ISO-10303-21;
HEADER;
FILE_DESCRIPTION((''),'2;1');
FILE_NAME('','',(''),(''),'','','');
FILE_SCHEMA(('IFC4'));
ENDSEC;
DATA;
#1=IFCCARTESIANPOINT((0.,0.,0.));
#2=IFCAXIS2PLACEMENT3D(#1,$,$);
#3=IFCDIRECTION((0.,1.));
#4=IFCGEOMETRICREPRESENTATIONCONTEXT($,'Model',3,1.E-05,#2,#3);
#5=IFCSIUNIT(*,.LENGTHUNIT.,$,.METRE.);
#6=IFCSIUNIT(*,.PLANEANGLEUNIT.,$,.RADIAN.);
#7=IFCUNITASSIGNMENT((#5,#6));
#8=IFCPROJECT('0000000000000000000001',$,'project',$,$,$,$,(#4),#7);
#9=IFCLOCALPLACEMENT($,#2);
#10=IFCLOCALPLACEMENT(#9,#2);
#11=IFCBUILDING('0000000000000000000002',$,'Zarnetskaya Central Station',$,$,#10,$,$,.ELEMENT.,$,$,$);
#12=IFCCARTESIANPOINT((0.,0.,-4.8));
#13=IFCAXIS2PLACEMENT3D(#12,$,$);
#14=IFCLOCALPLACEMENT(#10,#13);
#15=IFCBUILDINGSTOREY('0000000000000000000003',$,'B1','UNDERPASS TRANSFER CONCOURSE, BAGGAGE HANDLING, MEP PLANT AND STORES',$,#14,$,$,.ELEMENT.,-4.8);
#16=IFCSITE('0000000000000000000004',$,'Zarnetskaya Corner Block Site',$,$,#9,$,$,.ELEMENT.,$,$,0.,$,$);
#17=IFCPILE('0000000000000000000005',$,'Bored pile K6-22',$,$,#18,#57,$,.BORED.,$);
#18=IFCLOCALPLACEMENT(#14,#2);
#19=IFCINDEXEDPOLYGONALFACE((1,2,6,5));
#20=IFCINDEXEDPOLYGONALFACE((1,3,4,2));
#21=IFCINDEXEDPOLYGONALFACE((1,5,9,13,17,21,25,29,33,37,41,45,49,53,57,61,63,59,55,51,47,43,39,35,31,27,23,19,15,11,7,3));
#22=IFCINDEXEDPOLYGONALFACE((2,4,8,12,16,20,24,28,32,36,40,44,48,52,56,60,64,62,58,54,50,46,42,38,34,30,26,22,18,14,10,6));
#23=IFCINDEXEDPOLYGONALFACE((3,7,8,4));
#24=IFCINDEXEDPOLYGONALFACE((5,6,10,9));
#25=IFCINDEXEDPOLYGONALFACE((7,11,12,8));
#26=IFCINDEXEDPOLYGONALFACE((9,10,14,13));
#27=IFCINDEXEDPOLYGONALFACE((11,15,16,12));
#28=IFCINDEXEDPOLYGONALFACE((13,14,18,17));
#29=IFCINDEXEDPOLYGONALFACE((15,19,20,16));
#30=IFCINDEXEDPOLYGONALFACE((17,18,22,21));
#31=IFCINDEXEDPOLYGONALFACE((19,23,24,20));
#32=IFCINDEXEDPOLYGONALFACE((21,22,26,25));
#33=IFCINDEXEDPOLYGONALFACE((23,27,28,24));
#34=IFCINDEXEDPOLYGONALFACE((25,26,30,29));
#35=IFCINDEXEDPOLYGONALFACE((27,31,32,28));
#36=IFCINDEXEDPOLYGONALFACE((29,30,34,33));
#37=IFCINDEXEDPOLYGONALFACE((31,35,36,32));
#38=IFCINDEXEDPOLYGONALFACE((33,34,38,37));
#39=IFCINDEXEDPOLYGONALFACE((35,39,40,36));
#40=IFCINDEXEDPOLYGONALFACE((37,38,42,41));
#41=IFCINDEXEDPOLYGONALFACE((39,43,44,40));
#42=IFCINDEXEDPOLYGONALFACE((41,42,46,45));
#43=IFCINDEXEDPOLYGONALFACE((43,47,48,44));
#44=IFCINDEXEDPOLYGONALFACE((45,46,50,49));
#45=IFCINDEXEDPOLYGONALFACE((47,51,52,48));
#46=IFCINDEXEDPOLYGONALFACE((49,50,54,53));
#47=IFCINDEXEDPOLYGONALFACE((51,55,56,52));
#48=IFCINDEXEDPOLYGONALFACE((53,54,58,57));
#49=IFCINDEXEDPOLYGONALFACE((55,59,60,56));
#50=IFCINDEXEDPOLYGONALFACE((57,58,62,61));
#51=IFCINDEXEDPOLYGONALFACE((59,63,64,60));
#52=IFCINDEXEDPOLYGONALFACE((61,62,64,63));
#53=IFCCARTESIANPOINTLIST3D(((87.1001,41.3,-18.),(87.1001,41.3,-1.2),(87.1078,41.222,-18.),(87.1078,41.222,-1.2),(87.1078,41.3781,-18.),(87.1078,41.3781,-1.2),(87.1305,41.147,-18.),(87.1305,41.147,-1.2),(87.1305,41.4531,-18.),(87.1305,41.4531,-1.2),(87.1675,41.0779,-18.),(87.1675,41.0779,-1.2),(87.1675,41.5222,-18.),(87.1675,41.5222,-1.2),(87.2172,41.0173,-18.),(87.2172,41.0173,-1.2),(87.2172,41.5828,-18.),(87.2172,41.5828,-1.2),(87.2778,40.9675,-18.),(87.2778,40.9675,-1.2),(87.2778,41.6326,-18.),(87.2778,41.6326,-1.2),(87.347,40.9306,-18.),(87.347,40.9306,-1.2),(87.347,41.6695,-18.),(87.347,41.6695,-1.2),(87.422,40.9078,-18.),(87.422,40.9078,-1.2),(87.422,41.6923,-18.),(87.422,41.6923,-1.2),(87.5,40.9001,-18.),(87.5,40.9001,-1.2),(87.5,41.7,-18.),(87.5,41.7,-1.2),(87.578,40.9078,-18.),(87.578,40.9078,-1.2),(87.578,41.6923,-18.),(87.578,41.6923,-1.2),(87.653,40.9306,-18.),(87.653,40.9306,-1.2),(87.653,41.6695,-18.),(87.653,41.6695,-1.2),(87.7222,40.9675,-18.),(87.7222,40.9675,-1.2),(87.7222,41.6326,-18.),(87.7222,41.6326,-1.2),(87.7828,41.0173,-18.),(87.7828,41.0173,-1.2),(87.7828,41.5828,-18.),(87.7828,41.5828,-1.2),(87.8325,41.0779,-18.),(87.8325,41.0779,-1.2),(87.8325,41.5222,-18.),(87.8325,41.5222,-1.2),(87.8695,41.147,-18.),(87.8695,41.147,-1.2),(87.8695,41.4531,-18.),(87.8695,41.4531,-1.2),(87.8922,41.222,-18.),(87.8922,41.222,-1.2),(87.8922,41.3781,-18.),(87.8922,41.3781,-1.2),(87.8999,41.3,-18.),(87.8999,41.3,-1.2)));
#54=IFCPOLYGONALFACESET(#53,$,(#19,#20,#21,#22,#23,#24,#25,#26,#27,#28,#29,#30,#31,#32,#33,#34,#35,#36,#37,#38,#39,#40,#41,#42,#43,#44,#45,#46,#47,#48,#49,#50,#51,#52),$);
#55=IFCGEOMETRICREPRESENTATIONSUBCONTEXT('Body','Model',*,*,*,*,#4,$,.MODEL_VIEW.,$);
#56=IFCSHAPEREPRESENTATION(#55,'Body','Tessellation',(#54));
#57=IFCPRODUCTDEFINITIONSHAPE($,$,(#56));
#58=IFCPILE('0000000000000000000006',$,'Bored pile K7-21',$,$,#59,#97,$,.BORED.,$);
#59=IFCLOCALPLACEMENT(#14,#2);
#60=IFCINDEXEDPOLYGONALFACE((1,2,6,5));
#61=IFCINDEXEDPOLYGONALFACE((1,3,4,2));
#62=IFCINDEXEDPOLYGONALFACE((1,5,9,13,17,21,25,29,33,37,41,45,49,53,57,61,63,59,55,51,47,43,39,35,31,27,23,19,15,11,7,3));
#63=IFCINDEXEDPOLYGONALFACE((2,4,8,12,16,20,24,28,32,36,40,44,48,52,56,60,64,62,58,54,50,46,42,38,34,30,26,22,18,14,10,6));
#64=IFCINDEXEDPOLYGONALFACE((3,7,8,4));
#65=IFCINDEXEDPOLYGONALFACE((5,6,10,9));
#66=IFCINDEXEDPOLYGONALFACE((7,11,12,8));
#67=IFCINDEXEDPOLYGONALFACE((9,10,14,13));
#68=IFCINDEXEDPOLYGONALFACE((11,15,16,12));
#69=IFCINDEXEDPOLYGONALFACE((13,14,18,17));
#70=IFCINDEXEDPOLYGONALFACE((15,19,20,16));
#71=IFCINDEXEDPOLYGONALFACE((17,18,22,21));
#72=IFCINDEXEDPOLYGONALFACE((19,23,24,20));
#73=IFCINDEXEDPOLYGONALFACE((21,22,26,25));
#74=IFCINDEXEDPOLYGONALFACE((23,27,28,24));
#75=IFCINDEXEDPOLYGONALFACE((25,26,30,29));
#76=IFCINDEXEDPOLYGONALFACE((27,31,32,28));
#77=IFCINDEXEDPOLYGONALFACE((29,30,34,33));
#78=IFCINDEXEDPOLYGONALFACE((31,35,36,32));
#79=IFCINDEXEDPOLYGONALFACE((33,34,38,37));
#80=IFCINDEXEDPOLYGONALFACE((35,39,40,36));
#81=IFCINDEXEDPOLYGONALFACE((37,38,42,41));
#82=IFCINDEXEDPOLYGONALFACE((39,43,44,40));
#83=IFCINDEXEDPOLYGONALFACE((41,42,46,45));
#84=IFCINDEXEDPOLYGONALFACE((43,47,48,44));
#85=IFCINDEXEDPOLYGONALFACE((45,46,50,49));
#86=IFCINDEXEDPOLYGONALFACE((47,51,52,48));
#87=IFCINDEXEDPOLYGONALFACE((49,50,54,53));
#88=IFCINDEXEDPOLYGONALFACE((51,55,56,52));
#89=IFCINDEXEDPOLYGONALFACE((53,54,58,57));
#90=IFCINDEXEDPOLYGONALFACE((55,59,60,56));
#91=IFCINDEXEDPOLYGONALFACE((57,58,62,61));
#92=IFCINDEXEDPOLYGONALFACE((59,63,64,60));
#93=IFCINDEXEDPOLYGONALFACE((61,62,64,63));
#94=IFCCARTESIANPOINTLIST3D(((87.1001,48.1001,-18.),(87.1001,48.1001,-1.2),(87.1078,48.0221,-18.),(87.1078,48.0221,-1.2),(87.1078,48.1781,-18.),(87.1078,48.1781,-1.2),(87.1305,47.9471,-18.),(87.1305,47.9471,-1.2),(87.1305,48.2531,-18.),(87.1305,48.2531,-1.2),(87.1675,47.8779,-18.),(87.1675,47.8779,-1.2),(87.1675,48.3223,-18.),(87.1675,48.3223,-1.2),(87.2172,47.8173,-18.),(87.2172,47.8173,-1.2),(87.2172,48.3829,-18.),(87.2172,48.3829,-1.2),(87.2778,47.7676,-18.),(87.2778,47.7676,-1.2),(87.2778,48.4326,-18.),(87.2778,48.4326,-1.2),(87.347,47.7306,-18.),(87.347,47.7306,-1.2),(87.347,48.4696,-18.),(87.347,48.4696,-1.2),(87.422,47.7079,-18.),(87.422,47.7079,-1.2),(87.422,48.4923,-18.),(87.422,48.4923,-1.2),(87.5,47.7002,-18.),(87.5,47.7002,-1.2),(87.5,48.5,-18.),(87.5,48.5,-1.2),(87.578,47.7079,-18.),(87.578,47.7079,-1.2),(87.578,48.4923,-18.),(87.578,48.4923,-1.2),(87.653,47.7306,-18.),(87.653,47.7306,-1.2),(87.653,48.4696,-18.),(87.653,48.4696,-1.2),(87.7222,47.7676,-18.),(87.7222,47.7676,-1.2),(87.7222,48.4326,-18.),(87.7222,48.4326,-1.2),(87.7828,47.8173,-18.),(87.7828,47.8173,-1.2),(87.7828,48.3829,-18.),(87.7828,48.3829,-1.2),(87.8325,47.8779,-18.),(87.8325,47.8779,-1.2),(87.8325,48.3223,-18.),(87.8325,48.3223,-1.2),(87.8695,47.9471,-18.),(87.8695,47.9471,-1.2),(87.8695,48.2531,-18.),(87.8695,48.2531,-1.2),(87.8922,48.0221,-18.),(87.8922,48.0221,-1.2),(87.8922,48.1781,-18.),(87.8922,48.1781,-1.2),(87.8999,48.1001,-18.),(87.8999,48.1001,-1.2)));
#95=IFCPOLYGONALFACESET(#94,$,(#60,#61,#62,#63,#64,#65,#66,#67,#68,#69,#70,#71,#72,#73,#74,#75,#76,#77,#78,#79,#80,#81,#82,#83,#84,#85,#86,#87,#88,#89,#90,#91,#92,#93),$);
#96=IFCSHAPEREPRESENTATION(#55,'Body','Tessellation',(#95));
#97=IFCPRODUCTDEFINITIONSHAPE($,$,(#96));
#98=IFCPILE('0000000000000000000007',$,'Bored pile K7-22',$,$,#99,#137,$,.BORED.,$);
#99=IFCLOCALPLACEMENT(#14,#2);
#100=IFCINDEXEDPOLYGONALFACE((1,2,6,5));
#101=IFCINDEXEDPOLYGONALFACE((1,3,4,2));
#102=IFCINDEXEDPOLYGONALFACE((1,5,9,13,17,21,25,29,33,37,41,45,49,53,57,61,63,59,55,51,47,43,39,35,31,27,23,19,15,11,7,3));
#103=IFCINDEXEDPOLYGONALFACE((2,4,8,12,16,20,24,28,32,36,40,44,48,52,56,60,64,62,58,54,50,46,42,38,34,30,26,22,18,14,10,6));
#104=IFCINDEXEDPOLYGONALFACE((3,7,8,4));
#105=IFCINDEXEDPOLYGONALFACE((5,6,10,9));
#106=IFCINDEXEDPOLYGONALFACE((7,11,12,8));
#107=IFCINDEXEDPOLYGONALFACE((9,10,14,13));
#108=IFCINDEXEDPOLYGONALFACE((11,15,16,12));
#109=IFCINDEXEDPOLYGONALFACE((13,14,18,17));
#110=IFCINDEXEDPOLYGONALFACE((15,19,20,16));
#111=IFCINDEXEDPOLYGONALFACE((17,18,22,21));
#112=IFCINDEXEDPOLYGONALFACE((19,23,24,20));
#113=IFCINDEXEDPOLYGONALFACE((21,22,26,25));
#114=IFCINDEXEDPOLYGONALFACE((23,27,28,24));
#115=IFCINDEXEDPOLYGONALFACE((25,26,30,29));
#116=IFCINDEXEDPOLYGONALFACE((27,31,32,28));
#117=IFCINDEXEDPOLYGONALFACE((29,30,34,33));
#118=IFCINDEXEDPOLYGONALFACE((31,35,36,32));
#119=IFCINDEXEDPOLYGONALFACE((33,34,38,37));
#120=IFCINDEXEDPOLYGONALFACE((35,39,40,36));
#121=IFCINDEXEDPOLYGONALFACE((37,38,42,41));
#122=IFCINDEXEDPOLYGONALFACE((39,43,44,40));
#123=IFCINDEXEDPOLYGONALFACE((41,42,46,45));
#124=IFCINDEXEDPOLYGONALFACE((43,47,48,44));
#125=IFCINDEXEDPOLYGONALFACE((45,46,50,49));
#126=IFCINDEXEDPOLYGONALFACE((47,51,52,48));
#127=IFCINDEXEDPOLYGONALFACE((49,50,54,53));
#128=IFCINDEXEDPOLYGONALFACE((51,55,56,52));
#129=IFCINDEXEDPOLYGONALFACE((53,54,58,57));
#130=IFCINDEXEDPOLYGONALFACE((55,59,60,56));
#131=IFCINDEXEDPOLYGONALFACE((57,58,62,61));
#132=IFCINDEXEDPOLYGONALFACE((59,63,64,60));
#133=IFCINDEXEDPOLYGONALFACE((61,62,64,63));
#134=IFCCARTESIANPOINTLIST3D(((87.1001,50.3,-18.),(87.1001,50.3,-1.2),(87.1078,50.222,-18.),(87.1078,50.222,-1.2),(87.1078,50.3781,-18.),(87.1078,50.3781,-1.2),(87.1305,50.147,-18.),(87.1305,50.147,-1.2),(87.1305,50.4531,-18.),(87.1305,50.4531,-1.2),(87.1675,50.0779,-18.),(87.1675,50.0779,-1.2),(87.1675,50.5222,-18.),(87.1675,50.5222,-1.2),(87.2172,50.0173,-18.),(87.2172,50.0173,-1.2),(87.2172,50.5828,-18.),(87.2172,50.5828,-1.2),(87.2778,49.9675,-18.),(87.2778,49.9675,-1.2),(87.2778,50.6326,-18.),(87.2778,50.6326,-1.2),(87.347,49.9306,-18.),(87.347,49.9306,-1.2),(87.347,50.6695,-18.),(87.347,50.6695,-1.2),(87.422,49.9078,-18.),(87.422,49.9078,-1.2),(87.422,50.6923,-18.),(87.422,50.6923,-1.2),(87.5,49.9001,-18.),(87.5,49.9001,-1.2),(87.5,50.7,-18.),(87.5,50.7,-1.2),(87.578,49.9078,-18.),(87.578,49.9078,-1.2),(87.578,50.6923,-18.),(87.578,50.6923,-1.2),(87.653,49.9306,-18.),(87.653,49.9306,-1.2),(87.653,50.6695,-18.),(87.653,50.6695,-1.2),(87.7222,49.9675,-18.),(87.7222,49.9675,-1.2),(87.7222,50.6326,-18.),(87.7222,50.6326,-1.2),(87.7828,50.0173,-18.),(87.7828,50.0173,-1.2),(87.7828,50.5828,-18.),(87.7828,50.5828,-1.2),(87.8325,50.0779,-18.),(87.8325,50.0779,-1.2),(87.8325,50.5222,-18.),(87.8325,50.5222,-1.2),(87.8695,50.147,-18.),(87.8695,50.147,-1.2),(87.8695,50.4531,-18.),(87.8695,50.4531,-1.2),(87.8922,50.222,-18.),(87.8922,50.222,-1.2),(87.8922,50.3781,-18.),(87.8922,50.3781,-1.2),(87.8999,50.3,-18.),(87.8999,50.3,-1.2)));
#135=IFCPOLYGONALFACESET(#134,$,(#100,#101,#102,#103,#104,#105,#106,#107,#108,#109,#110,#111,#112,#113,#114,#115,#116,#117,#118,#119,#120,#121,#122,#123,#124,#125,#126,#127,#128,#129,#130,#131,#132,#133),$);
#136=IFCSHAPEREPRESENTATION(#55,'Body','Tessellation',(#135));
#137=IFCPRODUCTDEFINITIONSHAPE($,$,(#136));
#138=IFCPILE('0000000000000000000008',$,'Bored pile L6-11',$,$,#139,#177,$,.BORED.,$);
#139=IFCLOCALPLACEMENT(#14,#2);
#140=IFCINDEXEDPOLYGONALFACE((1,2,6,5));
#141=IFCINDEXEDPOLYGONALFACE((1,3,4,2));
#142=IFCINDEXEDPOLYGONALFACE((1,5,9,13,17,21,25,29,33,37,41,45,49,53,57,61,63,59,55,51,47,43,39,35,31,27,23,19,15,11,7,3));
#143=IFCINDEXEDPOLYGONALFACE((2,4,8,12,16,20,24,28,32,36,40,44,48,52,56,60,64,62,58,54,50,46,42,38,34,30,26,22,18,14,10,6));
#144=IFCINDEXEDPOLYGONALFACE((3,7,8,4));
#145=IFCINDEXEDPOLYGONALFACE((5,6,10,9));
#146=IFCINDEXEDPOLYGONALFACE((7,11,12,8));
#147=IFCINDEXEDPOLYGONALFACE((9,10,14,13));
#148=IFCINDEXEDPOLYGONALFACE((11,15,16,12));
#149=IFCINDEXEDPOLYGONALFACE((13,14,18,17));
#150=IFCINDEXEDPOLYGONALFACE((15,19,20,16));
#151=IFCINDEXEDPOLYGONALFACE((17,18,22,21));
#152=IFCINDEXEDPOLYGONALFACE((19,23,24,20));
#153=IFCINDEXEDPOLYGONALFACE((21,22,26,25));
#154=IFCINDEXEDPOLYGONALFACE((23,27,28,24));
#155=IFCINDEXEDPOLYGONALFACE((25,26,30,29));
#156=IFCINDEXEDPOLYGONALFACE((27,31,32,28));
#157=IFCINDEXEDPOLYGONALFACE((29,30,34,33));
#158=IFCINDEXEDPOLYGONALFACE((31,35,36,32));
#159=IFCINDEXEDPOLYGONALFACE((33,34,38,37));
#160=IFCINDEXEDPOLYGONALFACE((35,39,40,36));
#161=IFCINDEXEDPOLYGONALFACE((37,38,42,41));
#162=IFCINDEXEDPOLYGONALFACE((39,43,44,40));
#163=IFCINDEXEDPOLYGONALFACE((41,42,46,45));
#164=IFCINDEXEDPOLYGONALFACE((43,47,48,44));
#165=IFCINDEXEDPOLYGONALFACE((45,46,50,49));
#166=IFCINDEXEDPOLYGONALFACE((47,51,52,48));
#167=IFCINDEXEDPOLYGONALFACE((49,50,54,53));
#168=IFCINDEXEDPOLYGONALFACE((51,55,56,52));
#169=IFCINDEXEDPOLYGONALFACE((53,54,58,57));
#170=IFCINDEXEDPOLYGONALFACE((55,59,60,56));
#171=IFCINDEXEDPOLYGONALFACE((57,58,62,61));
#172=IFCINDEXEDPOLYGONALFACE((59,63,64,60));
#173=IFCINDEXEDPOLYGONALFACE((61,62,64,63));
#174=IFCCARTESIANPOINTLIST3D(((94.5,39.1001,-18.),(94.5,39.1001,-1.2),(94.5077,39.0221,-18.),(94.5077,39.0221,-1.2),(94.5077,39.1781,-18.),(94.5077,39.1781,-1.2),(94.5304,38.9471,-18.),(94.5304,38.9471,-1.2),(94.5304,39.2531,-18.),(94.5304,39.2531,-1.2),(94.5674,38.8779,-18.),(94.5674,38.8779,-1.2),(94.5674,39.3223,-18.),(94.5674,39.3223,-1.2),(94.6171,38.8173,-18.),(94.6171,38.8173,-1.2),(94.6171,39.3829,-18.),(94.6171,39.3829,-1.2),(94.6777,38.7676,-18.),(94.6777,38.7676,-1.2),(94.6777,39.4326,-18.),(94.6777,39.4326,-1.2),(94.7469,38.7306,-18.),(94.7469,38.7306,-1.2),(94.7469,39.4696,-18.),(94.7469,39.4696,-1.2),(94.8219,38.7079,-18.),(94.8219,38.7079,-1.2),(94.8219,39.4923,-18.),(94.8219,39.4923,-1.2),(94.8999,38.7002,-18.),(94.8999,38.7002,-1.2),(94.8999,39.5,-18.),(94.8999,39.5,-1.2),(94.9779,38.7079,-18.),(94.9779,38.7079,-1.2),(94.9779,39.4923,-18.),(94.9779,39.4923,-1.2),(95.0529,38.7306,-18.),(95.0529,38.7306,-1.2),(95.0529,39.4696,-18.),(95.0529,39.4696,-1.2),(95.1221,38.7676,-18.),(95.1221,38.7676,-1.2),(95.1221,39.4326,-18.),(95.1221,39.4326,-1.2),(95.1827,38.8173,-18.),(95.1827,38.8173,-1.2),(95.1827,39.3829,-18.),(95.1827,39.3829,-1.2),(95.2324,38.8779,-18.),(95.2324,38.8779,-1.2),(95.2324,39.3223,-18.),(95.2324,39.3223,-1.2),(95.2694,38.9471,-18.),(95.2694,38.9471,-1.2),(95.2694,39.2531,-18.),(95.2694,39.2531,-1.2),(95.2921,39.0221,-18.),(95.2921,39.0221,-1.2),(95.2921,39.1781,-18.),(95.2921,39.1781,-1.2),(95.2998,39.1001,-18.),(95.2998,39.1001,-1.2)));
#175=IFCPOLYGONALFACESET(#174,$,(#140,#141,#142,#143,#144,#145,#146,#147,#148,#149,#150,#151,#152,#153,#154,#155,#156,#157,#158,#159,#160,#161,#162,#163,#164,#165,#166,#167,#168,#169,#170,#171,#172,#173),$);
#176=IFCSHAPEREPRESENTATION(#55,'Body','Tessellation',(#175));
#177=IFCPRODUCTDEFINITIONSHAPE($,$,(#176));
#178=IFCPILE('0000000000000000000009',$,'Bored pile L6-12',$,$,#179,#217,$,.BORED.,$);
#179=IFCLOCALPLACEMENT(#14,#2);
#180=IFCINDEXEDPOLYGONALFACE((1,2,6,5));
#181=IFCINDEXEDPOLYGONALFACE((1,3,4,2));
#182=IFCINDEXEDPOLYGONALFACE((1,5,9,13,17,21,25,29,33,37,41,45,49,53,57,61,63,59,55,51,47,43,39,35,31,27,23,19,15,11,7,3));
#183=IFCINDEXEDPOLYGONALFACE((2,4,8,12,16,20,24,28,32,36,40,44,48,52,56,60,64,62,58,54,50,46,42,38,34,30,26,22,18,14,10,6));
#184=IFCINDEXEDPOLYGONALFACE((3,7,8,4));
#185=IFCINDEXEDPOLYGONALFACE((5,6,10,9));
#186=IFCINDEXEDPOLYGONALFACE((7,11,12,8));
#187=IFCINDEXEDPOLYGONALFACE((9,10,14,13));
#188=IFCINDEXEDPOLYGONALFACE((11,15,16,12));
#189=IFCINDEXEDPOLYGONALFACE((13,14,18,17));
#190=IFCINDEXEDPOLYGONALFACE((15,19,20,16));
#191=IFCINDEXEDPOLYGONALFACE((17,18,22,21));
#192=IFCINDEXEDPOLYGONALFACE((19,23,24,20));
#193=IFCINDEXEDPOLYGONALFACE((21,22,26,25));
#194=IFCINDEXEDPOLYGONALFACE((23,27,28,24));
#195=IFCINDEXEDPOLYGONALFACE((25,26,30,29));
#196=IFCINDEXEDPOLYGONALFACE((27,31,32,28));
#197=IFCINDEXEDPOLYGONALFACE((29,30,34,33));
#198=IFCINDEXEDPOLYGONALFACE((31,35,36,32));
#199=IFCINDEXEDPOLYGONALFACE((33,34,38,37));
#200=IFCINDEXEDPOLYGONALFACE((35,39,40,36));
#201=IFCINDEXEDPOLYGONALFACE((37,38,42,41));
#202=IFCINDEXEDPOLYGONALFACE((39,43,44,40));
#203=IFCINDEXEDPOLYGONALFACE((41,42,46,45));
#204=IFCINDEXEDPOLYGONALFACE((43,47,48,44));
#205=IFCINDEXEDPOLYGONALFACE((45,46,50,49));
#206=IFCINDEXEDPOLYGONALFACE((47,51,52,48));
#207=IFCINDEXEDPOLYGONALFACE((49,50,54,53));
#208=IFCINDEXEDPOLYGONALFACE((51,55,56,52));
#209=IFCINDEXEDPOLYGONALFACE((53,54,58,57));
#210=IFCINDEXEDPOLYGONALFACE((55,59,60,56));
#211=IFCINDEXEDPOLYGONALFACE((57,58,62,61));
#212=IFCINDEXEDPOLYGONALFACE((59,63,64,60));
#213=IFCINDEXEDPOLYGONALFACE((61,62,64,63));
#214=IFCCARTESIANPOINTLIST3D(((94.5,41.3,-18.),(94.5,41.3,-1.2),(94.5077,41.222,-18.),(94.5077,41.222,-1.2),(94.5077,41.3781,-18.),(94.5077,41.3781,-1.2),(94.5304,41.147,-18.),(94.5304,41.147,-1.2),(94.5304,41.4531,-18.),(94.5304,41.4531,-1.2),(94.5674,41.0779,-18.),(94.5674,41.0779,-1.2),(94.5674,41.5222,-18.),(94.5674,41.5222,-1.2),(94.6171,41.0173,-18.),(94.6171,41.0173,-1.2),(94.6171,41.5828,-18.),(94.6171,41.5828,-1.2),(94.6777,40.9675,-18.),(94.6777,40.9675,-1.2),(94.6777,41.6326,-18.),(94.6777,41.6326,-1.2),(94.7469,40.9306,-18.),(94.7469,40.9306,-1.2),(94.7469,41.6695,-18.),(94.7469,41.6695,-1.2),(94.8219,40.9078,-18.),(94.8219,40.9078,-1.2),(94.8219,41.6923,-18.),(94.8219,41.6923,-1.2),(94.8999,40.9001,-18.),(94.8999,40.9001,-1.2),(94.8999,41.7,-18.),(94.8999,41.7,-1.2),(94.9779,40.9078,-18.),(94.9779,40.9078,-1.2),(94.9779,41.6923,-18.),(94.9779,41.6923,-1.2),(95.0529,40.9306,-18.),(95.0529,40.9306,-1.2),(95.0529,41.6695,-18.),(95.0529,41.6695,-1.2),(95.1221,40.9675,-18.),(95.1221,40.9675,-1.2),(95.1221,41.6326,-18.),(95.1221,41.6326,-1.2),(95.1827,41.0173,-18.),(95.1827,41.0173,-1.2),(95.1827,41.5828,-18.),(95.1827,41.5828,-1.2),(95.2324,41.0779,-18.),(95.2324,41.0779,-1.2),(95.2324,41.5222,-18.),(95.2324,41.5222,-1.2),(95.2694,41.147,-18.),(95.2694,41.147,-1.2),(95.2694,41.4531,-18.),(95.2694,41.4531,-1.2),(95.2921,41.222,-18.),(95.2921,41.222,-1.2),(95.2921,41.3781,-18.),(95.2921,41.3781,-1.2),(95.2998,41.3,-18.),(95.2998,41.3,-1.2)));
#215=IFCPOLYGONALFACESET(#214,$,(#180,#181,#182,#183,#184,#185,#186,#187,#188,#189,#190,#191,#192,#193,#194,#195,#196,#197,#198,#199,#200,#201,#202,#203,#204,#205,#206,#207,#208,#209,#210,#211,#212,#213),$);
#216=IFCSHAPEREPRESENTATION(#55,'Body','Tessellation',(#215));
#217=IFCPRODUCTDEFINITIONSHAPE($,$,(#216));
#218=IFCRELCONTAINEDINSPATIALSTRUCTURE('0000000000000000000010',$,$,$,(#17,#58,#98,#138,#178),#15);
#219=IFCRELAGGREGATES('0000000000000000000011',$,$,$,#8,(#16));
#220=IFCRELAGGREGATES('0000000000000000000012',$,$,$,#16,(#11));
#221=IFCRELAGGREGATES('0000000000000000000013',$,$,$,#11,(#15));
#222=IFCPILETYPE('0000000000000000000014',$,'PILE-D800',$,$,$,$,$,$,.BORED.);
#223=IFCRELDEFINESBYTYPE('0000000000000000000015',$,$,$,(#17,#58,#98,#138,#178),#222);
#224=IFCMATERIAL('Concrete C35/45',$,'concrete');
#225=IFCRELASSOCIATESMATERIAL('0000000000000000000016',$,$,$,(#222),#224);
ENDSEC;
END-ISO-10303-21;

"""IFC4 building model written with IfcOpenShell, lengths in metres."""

from ifc_helpers import new_model, si_unit, direction, frame, origin, origin_2d, place, context, subcontext, project, spatial, circle, extrude, material, material_profile, profile_set, type_object, element, save


model = new_model("IFC4")

# Units and contexts
model_context = context("Model", 3, precision=1e-05, world=origin(), true_north=direction((0.0, 1.0)))
body_context = subcontext(model_context, "Body", "Model", "MODEL_VIEW")
ifc_project = project(units=[si_unit("LENGTHUNIT", "METRE"), si_unit("PLANEANGLEUNIT", "RADIAN")], contexts=[model_context])

# Site, building, storey
site_placement = place(None, origin())
site = spatial("IfcSite", under=ifc_project, at=site_placement, Name="Zarnetskaya Corner Block Site", CompositionType="ELEMENT", RefElevation=0.0)
building_placement = place(site_placement, origin())
building = spatial("IfcBuilding", under=site, at=building_placement, Name="Zarnetskaya Central Station", CompositionType="ELEMENT")
storey_placement = place(building_placement, frame((0.0, 0.0, -4.8)))
storey = spatial("IfcBuildingStorey", under=building, at=storey_placement, Name="B1", Description="UNDERPASS TRANSFER CONCOURSE, BAGGAGE HANDLING, MEP PLANT AND STORES", CompositionType="ELEMENT", Elevation=-4.8)

# Shared definitions
ifc_material = material(Name="Concrete C35/45", Category="concrete")

# Piles
ifc_material_profile_1 = material_profile(ifc_material, circle(Radius=0.3999, at=origin_2d()), Name="BORED PILE D800")
ifc_profile_set_1 = profile_set([ifc_material_profile_1], Name="Concrete C35/45")
pile_type_1 = type_object("IfcPileType", Name="PILE-D800", PredefinedType="BORED", material=ifc_profile_set_1)
for number, where, z_axis, x_axis, name in (
    (1, (87.5, 41.3, -1.2), (0.0, 0.0, -1.0), (1.0, 0.0, 0.0), "Bored pile K6-22"),
    (2, (87.5, 48.1001, -1.2), (0.0, 0.0, -1.0), (1.0, 0.0, 0.0), "Bored pile K7-21"),
    (3, (87.5, 50.3, -1.2), (0.0, 0.0, -1.0), (1.0, 0.0, 0.0), "Bored pile K7-22"),
    (4, (94.8999, 39.1001, -1.2), (0.0, 0.0, -1.0), (1.0, 0.0, 0.0), "Bored pile L6-11"),
    (5, (94.8999, 41.3, -1.2), (0.0, 0.0, -1.0), (1.0, 0.0, 0.0), "Bored pile L6-12"),
):
    element("IfcPile", number, at=place(storey_placement, frame(where, z_axis=z_axis, x_axis=x_axis)), inside=storey, type_object=pile_type_1, Name=name, PredefinedType="BORED", context=body_context, shape_type="SweptSolid", body=[
        extrude(circle(Radius=0.3999, at=origin_2d()), origin(), (0.0, 0.0, 1.0), 16.8),
    ])

save(model, "model.ifc")
